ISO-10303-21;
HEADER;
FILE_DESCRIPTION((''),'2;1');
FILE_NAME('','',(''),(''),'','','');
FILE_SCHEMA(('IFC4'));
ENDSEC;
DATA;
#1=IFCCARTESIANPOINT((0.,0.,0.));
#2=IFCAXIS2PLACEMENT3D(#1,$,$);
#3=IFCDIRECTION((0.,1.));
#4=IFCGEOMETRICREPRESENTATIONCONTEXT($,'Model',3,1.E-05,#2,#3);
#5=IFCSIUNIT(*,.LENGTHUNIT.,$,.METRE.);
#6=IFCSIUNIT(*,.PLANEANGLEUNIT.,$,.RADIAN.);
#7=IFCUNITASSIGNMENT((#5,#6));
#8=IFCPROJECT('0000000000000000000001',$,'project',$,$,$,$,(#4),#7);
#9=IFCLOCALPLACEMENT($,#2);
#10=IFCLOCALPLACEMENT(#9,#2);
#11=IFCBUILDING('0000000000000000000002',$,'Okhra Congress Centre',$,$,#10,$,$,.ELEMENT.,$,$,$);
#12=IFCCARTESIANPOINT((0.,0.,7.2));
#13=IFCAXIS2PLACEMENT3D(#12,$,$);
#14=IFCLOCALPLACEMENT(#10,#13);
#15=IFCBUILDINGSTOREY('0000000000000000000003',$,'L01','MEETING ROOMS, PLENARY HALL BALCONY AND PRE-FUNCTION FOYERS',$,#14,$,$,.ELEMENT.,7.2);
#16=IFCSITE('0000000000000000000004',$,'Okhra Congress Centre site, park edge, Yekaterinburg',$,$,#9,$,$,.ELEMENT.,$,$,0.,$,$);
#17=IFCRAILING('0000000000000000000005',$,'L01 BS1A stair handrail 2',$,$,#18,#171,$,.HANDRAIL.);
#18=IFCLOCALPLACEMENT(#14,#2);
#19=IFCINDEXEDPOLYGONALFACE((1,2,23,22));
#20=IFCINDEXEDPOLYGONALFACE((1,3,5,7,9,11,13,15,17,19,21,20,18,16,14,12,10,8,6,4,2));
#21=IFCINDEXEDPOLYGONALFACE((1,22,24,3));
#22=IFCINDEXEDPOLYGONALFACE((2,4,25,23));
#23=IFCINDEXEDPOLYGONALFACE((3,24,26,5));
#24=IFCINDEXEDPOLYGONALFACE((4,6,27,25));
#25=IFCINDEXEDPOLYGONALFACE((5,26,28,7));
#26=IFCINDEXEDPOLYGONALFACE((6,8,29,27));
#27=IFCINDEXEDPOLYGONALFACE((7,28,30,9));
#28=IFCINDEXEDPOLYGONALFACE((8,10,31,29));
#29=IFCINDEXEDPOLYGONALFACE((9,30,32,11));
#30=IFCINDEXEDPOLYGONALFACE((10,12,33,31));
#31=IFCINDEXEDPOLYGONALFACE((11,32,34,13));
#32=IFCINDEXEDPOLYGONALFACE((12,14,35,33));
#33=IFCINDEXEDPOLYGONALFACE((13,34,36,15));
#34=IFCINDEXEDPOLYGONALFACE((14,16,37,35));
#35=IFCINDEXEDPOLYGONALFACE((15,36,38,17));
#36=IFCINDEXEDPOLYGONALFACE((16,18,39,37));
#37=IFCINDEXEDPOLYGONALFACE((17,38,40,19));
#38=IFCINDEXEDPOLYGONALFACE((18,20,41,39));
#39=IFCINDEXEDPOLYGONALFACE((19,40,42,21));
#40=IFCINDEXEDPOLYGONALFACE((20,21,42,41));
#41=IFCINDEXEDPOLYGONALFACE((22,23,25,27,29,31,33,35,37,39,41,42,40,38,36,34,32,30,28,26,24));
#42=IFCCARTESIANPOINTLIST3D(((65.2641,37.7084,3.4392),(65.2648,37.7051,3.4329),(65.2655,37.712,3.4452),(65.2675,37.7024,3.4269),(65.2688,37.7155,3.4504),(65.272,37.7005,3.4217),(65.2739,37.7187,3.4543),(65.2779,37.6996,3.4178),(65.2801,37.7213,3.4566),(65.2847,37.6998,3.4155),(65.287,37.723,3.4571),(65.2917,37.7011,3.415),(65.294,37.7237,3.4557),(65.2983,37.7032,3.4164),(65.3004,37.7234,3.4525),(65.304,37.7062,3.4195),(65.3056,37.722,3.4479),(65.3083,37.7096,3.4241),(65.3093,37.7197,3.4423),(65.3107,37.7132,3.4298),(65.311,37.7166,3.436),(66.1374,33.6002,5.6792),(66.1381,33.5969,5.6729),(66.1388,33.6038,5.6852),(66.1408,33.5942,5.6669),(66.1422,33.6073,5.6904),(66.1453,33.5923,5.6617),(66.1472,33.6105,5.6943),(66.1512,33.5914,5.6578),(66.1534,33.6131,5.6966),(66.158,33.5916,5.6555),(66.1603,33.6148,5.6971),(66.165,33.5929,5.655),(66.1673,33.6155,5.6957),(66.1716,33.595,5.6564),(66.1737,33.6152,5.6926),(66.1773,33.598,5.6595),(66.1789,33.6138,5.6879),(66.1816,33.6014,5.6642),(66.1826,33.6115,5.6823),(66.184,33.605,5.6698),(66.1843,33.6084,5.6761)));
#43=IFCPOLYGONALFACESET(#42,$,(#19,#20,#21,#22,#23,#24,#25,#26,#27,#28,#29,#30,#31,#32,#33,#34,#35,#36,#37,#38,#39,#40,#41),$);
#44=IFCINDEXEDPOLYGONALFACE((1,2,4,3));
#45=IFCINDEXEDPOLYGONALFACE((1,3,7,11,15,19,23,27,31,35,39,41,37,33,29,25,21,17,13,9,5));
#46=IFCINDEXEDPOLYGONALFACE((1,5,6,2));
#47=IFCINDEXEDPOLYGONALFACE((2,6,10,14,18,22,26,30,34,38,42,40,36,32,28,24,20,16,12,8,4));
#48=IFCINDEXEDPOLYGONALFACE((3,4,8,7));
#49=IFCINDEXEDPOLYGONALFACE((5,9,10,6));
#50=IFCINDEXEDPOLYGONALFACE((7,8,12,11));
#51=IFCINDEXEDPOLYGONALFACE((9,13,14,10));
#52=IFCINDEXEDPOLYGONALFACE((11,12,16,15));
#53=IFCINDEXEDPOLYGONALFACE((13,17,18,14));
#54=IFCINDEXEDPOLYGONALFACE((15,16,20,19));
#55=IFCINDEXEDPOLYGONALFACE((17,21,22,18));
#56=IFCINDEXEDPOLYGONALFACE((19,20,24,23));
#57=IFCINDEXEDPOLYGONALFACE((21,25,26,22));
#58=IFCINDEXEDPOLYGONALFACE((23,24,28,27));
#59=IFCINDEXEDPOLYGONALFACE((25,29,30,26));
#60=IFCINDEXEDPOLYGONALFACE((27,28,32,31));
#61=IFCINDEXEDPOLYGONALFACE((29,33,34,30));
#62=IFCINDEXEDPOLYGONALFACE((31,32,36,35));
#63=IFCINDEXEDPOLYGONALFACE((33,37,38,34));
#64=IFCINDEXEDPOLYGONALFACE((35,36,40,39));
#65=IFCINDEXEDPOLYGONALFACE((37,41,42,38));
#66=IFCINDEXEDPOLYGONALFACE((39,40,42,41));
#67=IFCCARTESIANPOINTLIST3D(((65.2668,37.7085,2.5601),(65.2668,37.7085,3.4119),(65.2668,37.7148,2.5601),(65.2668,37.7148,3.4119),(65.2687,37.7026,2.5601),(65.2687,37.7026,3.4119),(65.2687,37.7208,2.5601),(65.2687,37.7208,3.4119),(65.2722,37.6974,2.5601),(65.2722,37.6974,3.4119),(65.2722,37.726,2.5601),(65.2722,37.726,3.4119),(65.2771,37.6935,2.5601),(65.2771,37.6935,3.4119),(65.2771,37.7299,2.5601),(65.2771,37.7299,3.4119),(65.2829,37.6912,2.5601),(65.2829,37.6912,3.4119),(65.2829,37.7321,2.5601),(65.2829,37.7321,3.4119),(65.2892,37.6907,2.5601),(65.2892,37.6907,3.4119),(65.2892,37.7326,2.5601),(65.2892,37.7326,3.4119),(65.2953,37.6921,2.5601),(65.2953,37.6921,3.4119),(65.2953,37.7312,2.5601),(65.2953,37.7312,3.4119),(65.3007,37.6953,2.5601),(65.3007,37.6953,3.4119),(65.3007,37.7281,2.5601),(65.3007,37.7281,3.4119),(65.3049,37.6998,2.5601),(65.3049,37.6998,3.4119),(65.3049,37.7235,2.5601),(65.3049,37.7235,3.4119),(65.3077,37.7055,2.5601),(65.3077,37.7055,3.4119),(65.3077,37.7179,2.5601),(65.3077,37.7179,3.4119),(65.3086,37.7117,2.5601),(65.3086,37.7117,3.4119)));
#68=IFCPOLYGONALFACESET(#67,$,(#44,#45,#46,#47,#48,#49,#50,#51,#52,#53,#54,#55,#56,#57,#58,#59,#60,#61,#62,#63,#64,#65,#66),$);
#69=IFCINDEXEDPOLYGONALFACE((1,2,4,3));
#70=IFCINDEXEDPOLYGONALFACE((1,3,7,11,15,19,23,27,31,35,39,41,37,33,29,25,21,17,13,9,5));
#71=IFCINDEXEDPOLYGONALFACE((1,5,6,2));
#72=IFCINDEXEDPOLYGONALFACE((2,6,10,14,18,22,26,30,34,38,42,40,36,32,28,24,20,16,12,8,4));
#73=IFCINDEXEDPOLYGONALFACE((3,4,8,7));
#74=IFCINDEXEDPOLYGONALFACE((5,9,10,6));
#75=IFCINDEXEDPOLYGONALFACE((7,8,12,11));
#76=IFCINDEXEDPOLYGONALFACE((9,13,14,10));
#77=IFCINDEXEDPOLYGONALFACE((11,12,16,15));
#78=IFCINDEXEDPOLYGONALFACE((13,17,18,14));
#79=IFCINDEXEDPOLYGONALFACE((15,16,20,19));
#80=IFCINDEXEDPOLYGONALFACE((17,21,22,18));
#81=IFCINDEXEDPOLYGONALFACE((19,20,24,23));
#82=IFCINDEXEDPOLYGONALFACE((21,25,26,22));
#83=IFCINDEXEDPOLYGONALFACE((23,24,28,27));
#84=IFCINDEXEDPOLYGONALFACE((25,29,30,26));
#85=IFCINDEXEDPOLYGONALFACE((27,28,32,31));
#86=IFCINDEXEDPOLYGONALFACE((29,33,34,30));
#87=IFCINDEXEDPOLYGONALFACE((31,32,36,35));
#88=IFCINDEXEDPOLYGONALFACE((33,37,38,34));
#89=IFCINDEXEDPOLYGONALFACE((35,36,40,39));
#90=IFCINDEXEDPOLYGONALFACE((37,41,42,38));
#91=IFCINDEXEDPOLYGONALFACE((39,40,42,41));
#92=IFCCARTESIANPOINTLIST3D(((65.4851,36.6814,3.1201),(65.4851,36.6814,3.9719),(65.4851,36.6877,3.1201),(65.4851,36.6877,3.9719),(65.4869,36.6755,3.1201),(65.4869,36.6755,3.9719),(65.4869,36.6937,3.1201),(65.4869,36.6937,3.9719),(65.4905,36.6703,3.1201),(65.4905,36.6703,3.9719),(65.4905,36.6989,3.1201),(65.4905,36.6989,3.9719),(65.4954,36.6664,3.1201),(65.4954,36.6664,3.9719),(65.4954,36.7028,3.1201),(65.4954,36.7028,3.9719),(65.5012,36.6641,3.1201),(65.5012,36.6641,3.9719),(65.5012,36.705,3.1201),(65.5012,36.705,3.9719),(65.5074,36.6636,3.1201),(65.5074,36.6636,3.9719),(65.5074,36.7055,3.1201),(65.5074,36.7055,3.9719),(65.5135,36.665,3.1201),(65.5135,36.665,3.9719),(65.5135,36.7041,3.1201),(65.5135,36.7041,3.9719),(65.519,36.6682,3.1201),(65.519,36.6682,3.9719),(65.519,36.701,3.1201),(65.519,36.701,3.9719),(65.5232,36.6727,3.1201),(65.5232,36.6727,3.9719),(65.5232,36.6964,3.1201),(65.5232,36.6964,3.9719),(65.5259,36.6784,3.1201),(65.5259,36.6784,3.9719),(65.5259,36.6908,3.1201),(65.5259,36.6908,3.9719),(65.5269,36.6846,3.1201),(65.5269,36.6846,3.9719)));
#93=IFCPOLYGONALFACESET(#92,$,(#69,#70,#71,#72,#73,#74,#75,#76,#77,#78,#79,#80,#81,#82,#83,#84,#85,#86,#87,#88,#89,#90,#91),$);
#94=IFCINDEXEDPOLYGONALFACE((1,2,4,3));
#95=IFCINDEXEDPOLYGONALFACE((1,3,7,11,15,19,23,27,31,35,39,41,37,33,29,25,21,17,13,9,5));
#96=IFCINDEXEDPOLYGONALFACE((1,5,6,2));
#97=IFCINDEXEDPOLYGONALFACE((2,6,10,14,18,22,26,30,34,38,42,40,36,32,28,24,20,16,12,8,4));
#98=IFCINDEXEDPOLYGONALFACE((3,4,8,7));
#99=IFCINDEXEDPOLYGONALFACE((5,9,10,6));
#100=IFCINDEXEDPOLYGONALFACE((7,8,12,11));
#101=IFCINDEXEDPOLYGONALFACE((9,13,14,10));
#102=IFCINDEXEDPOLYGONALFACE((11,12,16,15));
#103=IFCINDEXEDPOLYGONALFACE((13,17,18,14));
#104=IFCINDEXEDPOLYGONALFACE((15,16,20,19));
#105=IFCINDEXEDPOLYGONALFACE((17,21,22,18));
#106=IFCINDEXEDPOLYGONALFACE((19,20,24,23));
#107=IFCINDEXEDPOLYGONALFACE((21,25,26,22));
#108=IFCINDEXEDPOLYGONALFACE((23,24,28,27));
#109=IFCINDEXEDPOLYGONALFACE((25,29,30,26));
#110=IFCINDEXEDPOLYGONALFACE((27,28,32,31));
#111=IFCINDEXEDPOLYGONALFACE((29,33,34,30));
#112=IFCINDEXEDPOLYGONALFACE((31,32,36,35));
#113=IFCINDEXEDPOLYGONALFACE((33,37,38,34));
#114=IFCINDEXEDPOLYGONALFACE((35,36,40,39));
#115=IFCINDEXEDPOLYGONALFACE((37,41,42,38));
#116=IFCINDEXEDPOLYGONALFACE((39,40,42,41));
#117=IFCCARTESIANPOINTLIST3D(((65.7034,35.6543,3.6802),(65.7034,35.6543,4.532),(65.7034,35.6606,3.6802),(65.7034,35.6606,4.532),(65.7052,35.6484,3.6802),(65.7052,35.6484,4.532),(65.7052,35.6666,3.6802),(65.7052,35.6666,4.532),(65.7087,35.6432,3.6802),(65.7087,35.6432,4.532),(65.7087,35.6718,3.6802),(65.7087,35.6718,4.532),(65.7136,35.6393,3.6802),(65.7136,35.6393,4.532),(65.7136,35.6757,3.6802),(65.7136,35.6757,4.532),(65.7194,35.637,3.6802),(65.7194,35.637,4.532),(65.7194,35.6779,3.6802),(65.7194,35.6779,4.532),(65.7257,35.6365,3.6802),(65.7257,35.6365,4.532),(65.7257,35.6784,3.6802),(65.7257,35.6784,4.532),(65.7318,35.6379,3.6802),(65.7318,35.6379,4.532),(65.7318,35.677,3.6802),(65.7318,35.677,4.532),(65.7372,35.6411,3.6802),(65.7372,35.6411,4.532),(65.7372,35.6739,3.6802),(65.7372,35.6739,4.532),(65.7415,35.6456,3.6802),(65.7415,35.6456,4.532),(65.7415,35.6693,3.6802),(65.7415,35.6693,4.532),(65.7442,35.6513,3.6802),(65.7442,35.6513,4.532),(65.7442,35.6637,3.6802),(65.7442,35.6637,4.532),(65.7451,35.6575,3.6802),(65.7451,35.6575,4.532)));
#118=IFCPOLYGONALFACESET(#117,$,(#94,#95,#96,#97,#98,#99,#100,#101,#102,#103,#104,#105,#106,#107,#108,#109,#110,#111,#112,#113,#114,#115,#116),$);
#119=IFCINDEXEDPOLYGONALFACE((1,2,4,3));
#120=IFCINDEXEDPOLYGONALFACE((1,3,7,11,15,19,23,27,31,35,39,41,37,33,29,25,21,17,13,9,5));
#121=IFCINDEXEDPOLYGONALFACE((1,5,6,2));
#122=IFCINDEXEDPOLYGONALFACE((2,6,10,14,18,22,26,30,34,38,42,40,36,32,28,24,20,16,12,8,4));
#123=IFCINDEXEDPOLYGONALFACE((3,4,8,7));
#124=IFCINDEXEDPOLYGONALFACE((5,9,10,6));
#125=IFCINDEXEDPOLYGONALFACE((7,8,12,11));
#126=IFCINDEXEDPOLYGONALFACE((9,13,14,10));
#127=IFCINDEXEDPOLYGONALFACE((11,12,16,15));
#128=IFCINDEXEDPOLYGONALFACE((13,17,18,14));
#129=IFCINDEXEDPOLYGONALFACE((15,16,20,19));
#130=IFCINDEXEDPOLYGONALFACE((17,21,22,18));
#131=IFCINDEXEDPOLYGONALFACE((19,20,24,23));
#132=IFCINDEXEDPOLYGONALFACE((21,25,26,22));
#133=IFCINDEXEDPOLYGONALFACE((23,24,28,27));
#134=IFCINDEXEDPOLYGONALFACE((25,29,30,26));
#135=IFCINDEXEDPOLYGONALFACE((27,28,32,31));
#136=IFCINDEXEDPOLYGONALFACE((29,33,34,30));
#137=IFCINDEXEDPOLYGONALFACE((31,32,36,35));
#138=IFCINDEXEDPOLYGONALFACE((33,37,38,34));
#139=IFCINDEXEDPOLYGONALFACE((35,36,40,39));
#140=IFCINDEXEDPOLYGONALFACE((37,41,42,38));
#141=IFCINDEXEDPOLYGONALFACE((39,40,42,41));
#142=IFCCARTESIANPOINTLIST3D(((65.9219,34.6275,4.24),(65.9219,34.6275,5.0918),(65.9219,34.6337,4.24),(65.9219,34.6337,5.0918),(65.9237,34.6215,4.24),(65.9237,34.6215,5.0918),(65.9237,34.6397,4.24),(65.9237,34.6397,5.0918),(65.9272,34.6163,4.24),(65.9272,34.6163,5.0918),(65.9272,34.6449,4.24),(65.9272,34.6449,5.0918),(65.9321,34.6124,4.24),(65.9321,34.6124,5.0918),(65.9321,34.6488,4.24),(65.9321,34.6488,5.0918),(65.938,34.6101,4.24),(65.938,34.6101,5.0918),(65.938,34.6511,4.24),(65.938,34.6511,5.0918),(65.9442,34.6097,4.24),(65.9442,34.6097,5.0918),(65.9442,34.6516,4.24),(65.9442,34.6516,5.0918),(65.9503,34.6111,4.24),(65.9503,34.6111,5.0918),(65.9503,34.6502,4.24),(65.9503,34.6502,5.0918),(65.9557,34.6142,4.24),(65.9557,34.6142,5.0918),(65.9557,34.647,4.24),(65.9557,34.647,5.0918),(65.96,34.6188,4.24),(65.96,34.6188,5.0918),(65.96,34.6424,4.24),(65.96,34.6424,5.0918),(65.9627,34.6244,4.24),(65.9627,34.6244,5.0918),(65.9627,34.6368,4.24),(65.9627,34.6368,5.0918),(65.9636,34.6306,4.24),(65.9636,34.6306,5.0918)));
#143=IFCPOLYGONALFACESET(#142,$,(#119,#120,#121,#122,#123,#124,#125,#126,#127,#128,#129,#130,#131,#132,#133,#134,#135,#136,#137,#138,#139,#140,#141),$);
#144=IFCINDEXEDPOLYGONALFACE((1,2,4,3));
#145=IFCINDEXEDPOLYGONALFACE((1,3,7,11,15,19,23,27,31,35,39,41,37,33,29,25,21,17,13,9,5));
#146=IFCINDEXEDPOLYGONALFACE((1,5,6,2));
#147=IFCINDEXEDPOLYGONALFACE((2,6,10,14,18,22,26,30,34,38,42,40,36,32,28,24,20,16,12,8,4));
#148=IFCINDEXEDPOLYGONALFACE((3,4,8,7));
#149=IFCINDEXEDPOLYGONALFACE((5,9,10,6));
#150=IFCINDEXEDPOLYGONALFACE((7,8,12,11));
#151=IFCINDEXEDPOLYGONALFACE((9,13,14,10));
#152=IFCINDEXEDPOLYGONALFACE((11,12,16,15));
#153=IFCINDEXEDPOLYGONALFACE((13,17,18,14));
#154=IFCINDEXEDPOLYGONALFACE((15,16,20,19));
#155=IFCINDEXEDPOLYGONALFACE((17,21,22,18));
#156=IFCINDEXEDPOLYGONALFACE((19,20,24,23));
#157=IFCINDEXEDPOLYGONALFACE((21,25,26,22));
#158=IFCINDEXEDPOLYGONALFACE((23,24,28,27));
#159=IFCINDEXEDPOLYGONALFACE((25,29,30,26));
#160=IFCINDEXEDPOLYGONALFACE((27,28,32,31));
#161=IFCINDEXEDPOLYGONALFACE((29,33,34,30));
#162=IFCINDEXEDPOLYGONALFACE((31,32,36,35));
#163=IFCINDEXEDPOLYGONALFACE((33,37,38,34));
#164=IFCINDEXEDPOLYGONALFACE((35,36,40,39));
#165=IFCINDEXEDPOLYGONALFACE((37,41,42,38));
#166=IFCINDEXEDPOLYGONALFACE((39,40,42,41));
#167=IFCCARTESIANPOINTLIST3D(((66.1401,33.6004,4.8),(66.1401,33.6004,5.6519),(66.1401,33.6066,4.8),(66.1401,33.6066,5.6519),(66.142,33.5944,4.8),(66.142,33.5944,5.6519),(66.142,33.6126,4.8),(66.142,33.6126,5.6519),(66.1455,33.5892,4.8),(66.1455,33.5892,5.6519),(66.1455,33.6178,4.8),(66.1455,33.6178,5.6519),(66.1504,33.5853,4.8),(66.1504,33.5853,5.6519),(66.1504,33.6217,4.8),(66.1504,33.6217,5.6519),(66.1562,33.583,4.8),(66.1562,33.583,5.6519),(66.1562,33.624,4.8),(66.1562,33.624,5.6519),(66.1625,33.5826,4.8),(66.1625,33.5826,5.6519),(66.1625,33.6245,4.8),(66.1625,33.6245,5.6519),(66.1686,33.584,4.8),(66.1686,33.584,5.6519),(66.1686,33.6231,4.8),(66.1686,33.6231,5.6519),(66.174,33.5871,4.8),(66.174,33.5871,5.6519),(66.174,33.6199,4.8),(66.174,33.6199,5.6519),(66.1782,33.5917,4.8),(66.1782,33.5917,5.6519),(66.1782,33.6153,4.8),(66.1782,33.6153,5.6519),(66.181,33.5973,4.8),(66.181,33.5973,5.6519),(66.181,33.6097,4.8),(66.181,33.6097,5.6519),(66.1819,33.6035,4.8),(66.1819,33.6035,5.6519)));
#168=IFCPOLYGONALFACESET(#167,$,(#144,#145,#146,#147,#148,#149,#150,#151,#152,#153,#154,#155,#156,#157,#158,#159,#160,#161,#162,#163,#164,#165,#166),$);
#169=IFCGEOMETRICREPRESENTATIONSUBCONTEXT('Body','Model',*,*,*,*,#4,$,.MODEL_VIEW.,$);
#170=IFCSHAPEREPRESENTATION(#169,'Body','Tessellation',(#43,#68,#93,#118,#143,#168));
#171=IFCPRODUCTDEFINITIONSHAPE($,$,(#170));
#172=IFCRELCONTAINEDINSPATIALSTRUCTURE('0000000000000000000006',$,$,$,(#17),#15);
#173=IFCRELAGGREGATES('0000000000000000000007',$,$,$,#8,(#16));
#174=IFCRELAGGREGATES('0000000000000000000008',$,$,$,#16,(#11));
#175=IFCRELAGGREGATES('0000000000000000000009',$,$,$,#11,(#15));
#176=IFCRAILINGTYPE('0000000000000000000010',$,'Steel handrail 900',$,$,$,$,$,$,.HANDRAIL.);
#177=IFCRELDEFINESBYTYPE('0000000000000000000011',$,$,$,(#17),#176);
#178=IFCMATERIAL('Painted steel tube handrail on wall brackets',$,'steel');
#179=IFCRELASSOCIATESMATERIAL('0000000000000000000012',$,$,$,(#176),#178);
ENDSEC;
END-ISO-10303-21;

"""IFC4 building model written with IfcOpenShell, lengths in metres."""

from ifc_helpers import new_model, si_unit, direction, frame, origin, origin_2d, place, context, subcontext, project, spatial, circle, extrude, material, type_object, element, save


model = new_model("IFC4")

# Units and contexts
model_context = context("Model", 3, precision=1e-05, world=origin(), true_north=direction((0.0, 1.0)))
body_context = subcontext(model_context, "Body", "Model", "MODEL_VIEW")
ifc_project = project(units=[si_unit("LENGTHUNIT", "METRE"), si_unit("PLANEANGLEUNIT", "RADIAN")], contexts=[model_context])

# Site, building, storey
site_placement = place(None, origin())
site = spatial("IfcSite", under=ifc_project, at=site_placement, Name="Okhra Congress Centre site, park edge, Yekaterinburg", CompositionType="ELEMENT", RefElevation=0.0)
building_placement = place(site_placement, origin())
building = spatial("IfcBuilding", under=site, at=building_placement, Name="Okhra Congress Centre", CompositionType="ELEMENT")
storey_placement = place(building_placement, frame((0.0, 0.0, 7.2)))
storey = spatial("IfcBuildingStorey", under=building, at=storey_placement, Name="L01", Description="MEETING ROOMS, PLENARY HALL BALCONY AND PRE-FUNCTION FOYERS", CompositionType="ELEMENT", Elevation=7.2)

# Railing
ifc_material_1 = material(Name="Painted steel tube handrail on wall brackets", Category="steel")
railing_type_1 = type_object("IfcRailingType", Name="Steel handrail 900", PredefinedType="HANDRAIL", material=ifc_material_1)
railing_1_placement = place(storey_placement, frame((65.2876, 37.7117, 2.5601)))
element("IfcRailing", 1, at=railing_1_placement, inside=storey, type_object=railing_type_1, Name="L01 BS1A stair handrail 2", PredefinedType="HANDRAIL", context=body_context, shape_type="SweptSolid", body=[
    extrude(circle(Radius=0.0239, at=origin_2d()), frame((0.0, 0.0, 0.876), z_axis=(0.183466, -0.863067, 0.470591), x_axis=(0.978144, 0.207929, 0.0)), (0.0, 0.0, 1.0), 4.76),
    extrude(circle(Radius=0.021, at=origin_2d()), origin(), (0.0, 0.0, 1.0), 0.8518),
    extrude(circle(Radius=0.021, at=origin_2d()), frame((0.2183, -1.0271, 0.5601)), (0.0, 0.0, 1.0), 0.8518),
    extrude(circle(Radius=0.021, at=origin_2d()), frame((0.4365, -2.0542, 1.1201)), (0.0, 0.0, 1.0), 0.8518),
    extrude(circle(Radius=0.021, at=origin_2d()), frame((0.655, -3.0811, 1.6799)), (0.0, 0.0, 1.0), 0.8518),
    extrude(circle(Radius=0.021, at=origin_2d()), frame((0.8733, -4.1082, 2.24)), (0.0, 0.0, 1.0), 0.8518),
])

save(model, "model.ifc")
